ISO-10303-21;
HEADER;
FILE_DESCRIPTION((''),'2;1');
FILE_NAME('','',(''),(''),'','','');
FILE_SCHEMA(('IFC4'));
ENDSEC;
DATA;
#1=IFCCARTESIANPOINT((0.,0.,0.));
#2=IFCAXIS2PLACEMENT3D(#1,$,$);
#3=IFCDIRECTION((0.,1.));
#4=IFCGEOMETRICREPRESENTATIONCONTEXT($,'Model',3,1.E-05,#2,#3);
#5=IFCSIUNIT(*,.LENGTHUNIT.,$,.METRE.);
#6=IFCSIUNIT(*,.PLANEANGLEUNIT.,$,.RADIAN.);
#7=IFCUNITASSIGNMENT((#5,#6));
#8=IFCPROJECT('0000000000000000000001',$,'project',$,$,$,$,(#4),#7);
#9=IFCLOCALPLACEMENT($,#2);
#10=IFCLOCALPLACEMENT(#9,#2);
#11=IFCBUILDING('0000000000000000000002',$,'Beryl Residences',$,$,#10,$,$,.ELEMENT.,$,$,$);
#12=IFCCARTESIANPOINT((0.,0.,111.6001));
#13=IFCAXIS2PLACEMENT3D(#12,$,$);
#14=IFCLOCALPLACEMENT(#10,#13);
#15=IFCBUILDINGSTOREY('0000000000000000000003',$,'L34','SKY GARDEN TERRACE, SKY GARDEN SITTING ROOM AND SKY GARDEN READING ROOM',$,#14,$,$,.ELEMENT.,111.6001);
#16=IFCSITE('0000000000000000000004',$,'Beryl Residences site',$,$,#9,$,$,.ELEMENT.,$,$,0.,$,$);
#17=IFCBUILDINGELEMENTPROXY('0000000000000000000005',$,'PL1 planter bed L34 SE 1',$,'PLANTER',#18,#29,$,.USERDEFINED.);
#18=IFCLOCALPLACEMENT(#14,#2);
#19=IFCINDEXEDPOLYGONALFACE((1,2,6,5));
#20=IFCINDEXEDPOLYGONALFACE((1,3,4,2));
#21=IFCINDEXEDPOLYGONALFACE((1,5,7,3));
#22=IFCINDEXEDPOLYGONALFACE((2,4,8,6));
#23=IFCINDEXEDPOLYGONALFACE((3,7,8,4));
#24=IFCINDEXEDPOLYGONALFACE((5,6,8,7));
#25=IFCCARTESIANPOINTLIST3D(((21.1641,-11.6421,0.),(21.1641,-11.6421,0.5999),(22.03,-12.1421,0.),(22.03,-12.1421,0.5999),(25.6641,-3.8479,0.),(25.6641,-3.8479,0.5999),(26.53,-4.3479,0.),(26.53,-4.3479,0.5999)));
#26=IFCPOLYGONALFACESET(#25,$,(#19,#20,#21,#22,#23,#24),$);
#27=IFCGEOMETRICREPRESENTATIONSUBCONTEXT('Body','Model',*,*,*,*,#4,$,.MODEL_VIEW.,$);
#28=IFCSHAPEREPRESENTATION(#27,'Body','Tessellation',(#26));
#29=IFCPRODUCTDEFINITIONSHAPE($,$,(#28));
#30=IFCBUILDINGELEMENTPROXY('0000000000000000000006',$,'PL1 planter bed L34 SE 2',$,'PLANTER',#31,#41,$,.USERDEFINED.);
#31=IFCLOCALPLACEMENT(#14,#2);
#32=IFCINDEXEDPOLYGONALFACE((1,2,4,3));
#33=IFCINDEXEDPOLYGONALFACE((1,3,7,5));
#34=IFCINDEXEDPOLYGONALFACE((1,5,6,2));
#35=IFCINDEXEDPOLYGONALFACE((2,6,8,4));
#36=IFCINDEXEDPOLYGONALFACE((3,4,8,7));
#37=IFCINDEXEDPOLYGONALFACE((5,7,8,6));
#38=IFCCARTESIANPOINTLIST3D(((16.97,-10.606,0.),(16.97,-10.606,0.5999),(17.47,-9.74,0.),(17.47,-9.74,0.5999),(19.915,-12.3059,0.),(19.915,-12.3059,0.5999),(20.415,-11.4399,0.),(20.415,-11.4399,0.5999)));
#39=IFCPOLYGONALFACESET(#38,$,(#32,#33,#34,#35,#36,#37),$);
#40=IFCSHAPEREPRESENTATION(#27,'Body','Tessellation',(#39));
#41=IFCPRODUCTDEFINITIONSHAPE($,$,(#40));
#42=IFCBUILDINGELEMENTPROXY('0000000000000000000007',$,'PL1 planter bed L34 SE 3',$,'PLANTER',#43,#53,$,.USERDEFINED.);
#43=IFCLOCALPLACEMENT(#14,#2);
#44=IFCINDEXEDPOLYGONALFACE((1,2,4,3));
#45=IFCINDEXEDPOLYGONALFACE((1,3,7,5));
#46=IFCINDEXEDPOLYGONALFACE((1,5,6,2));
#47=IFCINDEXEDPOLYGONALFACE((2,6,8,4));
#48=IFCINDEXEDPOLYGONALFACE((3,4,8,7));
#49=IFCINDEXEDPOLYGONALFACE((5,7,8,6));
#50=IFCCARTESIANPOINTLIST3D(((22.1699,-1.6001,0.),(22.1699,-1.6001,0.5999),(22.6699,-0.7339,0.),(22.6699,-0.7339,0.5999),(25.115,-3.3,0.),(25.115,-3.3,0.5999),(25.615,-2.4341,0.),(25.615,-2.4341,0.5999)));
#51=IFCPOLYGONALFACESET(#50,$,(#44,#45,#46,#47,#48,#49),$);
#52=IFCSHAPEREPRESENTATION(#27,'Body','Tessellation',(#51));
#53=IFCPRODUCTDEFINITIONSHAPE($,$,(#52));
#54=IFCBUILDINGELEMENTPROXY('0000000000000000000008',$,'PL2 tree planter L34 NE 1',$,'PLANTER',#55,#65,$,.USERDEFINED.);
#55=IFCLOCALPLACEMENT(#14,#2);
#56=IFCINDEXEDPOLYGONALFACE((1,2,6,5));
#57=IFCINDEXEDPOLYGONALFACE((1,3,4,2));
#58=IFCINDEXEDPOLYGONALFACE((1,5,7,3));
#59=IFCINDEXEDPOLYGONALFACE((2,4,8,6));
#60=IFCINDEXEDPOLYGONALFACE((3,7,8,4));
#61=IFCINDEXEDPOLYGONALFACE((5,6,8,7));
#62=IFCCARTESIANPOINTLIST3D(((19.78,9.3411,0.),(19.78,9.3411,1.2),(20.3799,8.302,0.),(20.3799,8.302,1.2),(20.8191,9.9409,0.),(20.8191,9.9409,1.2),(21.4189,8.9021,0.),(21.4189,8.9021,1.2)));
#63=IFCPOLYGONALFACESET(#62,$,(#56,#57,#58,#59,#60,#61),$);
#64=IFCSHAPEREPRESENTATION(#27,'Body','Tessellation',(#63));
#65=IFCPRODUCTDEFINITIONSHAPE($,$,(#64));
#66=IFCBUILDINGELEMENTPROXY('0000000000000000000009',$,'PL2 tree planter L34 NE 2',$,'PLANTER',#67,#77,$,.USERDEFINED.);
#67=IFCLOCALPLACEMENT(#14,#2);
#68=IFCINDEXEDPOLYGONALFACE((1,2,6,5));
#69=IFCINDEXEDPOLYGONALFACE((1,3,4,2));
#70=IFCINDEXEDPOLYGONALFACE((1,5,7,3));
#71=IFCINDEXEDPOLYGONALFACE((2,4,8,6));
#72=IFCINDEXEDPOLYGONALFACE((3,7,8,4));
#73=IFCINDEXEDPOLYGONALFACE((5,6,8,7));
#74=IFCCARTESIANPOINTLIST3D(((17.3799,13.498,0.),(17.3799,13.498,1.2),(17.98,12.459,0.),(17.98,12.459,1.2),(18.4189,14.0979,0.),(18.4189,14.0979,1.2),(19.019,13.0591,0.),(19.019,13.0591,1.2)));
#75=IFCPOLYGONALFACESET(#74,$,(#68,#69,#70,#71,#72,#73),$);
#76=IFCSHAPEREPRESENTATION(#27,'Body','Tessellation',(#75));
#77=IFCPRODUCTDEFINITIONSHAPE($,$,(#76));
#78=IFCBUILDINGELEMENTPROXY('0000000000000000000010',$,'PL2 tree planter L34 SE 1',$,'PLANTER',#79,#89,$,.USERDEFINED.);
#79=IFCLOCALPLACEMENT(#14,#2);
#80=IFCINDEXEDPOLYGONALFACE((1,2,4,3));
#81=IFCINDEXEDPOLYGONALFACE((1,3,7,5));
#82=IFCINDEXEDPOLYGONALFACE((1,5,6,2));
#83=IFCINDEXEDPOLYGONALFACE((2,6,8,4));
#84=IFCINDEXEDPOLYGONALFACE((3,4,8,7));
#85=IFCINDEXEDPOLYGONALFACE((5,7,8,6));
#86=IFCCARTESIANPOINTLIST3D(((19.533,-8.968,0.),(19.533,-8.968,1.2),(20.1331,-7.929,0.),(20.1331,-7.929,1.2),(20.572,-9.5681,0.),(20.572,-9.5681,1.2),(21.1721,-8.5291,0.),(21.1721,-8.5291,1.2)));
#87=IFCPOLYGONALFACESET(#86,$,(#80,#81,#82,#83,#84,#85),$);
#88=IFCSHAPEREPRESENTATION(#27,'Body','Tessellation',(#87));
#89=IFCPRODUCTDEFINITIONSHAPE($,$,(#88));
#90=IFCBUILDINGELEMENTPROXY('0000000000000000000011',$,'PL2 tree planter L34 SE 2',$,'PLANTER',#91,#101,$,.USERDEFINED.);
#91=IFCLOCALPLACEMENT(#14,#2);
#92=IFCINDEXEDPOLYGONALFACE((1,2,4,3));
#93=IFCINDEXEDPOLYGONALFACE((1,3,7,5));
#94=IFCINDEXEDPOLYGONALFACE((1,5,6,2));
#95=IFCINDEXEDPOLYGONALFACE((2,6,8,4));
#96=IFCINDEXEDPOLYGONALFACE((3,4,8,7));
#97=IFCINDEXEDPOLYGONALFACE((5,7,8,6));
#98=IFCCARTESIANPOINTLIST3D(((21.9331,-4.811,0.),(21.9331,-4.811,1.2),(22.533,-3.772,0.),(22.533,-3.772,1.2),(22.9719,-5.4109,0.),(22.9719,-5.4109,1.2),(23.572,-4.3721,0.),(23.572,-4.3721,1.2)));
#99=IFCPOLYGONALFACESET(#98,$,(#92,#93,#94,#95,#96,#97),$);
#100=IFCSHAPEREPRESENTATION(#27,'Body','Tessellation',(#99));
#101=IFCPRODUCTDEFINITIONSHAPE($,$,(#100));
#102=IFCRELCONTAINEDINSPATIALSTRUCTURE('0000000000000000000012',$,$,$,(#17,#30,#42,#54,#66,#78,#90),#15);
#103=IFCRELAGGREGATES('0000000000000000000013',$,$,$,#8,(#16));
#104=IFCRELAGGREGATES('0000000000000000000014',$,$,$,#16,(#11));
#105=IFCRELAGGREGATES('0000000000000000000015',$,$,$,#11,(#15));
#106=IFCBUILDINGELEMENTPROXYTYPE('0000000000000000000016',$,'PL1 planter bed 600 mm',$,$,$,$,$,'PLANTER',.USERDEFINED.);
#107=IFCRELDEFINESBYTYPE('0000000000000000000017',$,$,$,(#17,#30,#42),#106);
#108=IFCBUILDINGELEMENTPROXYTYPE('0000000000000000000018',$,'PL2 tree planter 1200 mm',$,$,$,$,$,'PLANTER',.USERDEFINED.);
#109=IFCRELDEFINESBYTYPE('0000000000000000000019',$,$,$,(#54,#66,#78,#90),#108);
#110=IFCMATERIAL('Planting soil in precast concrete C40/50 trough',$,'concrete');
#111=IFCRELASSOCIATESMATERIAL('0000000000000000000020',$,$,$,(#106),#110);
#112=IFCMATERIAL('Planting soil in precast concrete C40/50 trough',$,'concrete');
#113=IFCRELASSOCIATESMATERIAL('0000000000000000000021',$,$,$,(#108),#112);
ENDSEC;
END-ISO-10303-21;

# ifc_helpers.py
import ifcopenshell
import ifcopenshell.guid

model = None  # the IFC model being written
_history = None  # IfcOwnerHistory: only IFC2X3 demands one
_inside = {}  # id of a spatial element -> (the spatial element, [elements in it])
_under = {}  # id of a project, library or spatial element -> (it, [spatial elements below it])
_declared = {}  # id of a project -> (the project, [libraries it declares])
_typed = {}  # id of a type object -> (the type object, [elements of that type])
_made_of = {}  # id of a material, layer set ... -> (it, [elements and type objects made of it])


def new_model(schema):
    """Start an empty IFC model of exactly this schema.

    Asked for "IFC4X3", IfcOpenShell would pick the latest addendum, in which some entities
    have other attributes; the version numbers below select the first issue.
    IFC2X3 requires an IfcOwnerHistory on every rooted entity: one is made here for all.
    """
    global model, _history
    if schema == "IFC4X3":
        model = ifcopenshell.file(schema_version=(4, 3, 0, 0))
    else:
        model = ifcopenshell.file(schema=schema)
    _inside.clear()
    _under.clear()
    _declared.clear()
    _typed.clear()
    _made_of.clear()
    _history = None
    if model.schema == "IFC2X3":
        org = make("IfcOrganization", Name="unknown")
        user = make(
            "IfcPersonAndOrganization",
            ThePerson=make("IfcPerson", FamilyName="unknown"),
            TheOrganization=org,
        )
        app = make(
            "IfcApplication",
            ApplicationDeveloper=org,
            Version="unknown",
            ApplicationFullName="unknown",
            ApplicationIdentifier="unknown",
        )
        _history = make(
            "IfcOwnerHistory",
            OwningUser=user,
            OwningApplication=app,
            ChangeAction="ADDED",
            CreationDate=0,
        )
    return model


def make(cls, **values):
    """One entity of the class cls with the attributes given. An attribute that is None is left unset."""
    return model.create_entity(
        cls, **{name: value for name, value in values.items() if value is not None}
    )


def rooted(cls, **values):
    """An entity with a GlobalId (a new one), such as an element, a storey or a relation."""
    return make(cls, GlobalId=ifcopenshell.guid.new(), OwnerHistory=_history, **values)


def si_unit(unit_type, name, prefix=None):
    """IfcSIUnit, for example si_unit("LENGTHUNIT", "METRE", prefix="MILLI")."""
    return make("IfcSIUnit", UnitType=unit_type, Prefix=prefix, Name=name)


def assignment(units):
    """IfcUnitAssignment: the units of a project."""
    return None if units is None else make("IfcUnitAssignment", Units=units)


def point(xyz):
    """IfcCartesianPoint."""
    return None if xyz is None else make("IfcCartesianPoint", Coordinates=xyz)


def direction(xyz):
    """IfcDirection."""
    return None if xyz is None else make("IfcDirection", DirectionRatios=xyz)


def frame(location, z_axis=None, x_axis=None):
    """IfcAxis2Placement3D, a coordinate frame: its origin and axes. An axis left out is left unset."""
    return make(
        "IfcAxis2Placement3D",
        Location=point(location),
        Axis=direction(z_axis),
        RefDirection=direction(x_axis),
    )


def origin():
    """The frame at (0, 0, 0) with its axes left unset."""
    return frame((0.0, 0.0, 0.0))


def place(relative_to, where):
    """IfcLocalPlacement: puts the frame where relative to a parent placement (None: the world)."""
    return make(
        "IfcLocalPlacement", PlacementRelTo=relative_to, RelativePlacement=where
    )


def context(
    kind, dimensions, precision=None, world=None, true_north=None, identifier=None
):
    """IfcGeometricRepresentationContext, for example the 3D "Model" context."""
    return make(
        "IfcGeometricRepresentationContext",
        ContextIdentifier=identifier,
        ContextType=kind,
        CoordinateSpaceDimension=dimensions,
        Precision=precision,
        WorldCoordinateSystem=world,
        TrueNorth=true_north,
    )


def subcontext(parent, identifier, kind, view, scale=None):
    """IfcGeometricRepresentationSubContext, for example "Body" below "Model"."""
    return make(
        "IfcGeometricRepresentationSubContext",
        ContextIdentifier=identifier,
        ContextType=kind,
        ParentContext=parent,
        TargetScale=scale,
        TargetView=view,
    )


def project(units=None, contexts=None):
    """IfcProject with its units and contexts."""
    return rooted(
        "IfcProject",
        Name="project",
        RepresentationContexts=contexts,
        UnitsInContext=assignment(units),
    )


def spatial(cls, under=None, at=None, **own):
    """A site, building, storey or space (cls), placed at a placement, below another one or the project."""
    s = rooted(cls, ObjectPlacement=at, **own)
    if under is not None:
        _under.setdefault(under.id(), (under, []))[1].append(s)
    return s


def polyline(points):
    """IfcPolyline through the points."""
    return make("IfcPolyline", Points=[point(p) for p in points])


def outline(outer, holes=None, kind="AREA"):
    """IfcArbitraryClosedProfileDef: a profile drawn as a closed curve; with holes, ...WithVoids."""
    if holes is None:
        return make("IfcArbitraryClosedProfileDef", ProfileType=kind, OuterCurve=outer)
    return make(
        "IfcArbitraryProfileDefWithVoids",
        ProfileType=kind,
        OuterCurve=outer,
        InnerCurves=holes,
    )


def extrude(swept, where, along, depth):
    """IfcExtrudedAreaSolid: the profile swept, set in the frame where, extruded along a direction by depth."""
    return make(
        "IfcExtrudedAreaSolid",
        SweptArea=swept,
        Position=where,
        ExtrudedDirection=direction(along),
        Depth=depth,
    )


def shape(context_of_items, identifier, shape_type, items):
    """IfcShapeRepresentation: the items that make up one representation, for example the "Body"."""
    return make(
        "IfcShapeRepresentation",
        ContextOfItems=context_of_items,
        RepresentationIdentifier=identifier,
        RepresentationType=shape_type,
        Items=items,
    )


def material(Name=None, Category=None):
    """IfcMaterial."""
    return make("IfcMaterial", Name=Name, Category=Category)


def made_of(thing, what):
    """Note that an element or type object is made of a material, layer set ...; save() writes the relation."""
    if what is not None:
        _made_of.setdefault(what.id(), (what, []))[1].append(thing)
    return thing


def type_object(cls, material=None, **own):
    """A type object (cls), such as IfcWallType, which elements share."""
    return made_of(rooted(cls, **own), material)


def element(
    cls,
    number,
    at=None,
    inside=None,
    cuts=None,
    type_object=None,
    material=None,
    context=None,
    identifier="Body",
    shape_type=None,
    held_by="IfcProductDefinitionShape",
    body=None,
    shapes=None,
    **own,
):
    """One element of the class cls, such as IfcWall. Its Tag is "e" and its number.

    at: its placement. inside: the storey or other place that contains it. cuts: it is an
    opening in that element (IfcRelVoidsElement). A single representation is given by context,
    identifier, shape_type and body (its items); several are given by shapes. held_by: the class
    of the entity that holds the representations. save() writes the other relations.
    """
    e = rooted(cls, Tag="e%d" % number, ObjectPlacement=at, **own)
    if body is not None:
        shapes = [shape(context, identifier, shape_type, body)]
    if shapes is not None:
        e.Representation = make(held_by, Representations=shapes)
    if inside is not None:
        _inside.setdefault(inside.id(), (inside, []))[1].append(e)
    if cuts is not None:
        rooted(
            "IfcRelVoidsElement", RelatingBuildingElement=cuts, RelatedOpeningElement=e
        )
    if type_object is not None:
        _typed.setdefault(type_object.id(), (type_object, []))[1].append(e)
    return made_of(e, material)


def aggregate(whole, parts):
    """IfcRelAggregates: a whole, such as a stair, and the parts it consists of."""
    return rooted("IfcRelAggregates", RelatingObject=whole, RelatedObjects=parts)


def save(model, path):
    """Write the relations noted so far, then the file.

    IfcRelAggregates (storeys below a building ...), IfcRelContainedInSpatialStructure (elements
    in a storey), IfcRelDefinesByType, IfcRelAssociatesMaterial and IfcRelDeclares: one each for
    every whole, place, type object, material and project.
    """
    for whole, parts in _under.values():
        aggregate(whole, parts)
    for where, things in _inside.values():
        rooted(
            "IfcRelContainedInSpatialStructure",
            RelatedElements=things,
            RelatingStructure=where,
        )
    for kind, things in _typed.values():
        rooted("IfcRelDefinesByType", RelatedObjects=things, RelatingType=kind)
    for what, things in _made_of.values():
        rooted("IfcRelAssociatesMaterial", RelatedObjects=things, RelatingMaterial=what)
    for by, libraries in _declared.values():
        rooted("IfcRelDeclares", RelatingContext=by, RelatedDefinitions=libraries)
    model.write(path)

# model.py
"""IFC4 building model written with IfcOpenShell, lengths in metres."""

from ifc_helpers import new_model, si_unit, direction, frame, origin, place, context, subcontext, project, spatial, polyline, outline, extrude, material, type_object, element, save


model = new_model("IFC4")

# Units and contexts
model_context = context("Model", 3, precision=1e-05, world=origin(), true_north=direction((0.0, 1.0)))
body_context = subcontext(model_context, "Body", "Model", "MODEL_VIEW")
ifc_project = project(units=[si_unit("LENGTHUNIT", "METRE"), si_unit("PLANEANGLEUNIT", "RADIAN")], contexts=[model_context])

# Site, building, storey
site_placement = place(None, origin())
site = spatial("IfcSite", under=ifc_project, at=site_placement, Name="Beryl Residences site", CompositionType="ELEMENT", RefElevation=0.0)
building_placement = place(site_placement, origin())
building = spatial("IfcBuilding", under=site, at=building_placement, Name="Beryl Residences", CompositionType="ELEMENT")
storey_placement = place(building_placement, frame((0.0, 0.0, 111.6001)))
storey = spatial("IfcBuildingStorey", under=building, at=storey_placement, Name="L34", Description="SKY GARDEN TERRACE, SKY GARDEN SITTING ROOM AND SKY GARDEN READING ROOM", CompositionType="ELEMENT", Elevation=111.6001)

# Building element proxies
ifc_material_1 = material(Name="Planting soil in precast concrete C40/50 trough", Category="concrete")
building_element_proxy_type_1 = type_object("IfcBuildingElementProxyType", Name="PL1 planter bed 600 mm", ElementType="PLANTER", PredefinedType="USERDEFINED", material=ifc_material_1)
proxy_1_placement = place(storey_placement, origin())
element("IfcBuildingElementProxy", 1, at=proxy_1_placement, inside=storey, type_object=building_element_proxy_type_1, Name="PL1 planter bed L34 SE 1", ObjectType="PLANTER", PredefinedType="USERDEFINED", context=body_context, shape_type="SweptSolid", body=[
    extrude(outline(polyline([(22.03, -12.1421), (26.53, -4.3479), (25.6641, -3.8479), (21.1641, -11.6421), (22.03, -12.1421)])), origin(), (0.0, 0.0, 1.0), 0.5999),
])
proxy_2_placement = place(storey_placement, origin())
element("IfcBuildingElementProxy", 2, at=proxy_2_placement, inside=storey, type_object=building_element_proxy_type_1, Name="PL1 planter bed L34 SE 2", ObjectType="PLANTER", PredefinedType="USERDEFINED", context=body_context, shape_type="SweptSolid", body=[
    extrude(outline(polyline([(19.915, -12.3059), (20.415, -11.4399), (17.47, -9.74), (16.97, -10.606), (19.915, -12.3059)])), origin(), (0.0, 0.0, 1.0), 0.5999),
])
proxy_3_placement = place(storey_placement, origin())
element("IfcBuildingElementProxy", 3, at=proxy_3_placement, inside=storey, type_object=building_element_proxy_type_1, Name="PL1 planter bed L34 SE 3", ObjectType="PLANTER", PredefinedType="USERDEFINED", context=body_context, shape_type="SweptSolid", body=[
    extrude(outline(polyline([(25.115, -3.3), (25.615, -2.4341), (22.6699, -0.7339), (22.1699, -1.6001), (25.115, -3.3)])), origin(), (0.0, 0.0, 1.0), 0.5999),
])
ifc_material_2 = material(Name="Planting soil in precast concrete C40/50 trough", Category="concrete")
building_element_proxy_type_2 = type_object("IfcBuildingElementProxyType", Name="PL2 tree planter 1200 mm", ElementType="PLANTER", PredefinedType="USERDEFINED", material=ifc_material_2)
proxy_4_placement = place(storey_placement, origin())
element("IfcBuildingElementProxy", 4, at=proxy_4_placement, inside=storey, type_object=building_element_proxy_type_2, Name="PL2 tree planter L34 NE 1", ObjectType="PLANTER", PredefinedType="USERDEFINED", context=body_context, shape_type="SweptSolid", body=[
    extrude(outline(polyline([(21.4189, 8.9021), (20.8191, 9.9409), (19.78, 9.3411), (20.3799, 8.302), (21.4189, 8.9021)])), origin(), (0.0, 0.0, 1.0), 1.2),
])
proxy_5_placement = place(storey_placement, origin())
element("IfcBuildingElementProxy", 5, at=proxy_5_placement, inside=storey, type_object=building_element_proxy_type_2, Name="PL2 tree planter L34 NE 2", ObjectType="PLANTER", PredefinedType="USERDEFINED", context=body_context, shape_type="SweptSolid", body=[
    extrude(outline(polyline([(19.019, 13.0591), (18.4189, 14.0979), (17.3799, 13.498), (17.98, 12.459), (19.019, 13.0591)])), origin(), (0.0, 0.0, 1.0), 1.2),
])
proxy_6_placement = place(storey_placement, origin())
element("IfcBuildingElementProxy", 6, at=proxy_6_placement, inside=storey, type_object=building_element_proxy_type_2, Name="PL2 tree planter L34 SE 1", ObjectType="PLANTER", PredefinedType="USERDEFINED", context=body_context, shape_type="SweptSolid", body=[
    extrude(outline(polyline([(20.572, -9.5681), (21.1721, -8.5291), (20.1331, -7.929), (19.533, -8.968), (20.572, -9.5681)])), origin(), (0.0, 0.0, 1.0), 1.2),
])
proxy_7_placement = place(storey_placement, origin())
element("IfcBuildingElementProxy", 7, at=proxy_7_placement, inside=storey, type_object=building_element_proxy_type_2, Name="PL2 tree planter L34 SE 2", ObjectType="PLANTER", PredefinedType="USERDEFINED", context=body_context, shape_type="SweptSolid", body=[
    extrude(outline(polyline([(22.9719, -5.4109), (23.572, -4.3721), (22.533, -3.772), (21.9331, -4.811), (22.9719, -5.4109)])), origin(), (0.0, 0.0, 1.0), 1.2),
])

save(model, "model.ifc")
